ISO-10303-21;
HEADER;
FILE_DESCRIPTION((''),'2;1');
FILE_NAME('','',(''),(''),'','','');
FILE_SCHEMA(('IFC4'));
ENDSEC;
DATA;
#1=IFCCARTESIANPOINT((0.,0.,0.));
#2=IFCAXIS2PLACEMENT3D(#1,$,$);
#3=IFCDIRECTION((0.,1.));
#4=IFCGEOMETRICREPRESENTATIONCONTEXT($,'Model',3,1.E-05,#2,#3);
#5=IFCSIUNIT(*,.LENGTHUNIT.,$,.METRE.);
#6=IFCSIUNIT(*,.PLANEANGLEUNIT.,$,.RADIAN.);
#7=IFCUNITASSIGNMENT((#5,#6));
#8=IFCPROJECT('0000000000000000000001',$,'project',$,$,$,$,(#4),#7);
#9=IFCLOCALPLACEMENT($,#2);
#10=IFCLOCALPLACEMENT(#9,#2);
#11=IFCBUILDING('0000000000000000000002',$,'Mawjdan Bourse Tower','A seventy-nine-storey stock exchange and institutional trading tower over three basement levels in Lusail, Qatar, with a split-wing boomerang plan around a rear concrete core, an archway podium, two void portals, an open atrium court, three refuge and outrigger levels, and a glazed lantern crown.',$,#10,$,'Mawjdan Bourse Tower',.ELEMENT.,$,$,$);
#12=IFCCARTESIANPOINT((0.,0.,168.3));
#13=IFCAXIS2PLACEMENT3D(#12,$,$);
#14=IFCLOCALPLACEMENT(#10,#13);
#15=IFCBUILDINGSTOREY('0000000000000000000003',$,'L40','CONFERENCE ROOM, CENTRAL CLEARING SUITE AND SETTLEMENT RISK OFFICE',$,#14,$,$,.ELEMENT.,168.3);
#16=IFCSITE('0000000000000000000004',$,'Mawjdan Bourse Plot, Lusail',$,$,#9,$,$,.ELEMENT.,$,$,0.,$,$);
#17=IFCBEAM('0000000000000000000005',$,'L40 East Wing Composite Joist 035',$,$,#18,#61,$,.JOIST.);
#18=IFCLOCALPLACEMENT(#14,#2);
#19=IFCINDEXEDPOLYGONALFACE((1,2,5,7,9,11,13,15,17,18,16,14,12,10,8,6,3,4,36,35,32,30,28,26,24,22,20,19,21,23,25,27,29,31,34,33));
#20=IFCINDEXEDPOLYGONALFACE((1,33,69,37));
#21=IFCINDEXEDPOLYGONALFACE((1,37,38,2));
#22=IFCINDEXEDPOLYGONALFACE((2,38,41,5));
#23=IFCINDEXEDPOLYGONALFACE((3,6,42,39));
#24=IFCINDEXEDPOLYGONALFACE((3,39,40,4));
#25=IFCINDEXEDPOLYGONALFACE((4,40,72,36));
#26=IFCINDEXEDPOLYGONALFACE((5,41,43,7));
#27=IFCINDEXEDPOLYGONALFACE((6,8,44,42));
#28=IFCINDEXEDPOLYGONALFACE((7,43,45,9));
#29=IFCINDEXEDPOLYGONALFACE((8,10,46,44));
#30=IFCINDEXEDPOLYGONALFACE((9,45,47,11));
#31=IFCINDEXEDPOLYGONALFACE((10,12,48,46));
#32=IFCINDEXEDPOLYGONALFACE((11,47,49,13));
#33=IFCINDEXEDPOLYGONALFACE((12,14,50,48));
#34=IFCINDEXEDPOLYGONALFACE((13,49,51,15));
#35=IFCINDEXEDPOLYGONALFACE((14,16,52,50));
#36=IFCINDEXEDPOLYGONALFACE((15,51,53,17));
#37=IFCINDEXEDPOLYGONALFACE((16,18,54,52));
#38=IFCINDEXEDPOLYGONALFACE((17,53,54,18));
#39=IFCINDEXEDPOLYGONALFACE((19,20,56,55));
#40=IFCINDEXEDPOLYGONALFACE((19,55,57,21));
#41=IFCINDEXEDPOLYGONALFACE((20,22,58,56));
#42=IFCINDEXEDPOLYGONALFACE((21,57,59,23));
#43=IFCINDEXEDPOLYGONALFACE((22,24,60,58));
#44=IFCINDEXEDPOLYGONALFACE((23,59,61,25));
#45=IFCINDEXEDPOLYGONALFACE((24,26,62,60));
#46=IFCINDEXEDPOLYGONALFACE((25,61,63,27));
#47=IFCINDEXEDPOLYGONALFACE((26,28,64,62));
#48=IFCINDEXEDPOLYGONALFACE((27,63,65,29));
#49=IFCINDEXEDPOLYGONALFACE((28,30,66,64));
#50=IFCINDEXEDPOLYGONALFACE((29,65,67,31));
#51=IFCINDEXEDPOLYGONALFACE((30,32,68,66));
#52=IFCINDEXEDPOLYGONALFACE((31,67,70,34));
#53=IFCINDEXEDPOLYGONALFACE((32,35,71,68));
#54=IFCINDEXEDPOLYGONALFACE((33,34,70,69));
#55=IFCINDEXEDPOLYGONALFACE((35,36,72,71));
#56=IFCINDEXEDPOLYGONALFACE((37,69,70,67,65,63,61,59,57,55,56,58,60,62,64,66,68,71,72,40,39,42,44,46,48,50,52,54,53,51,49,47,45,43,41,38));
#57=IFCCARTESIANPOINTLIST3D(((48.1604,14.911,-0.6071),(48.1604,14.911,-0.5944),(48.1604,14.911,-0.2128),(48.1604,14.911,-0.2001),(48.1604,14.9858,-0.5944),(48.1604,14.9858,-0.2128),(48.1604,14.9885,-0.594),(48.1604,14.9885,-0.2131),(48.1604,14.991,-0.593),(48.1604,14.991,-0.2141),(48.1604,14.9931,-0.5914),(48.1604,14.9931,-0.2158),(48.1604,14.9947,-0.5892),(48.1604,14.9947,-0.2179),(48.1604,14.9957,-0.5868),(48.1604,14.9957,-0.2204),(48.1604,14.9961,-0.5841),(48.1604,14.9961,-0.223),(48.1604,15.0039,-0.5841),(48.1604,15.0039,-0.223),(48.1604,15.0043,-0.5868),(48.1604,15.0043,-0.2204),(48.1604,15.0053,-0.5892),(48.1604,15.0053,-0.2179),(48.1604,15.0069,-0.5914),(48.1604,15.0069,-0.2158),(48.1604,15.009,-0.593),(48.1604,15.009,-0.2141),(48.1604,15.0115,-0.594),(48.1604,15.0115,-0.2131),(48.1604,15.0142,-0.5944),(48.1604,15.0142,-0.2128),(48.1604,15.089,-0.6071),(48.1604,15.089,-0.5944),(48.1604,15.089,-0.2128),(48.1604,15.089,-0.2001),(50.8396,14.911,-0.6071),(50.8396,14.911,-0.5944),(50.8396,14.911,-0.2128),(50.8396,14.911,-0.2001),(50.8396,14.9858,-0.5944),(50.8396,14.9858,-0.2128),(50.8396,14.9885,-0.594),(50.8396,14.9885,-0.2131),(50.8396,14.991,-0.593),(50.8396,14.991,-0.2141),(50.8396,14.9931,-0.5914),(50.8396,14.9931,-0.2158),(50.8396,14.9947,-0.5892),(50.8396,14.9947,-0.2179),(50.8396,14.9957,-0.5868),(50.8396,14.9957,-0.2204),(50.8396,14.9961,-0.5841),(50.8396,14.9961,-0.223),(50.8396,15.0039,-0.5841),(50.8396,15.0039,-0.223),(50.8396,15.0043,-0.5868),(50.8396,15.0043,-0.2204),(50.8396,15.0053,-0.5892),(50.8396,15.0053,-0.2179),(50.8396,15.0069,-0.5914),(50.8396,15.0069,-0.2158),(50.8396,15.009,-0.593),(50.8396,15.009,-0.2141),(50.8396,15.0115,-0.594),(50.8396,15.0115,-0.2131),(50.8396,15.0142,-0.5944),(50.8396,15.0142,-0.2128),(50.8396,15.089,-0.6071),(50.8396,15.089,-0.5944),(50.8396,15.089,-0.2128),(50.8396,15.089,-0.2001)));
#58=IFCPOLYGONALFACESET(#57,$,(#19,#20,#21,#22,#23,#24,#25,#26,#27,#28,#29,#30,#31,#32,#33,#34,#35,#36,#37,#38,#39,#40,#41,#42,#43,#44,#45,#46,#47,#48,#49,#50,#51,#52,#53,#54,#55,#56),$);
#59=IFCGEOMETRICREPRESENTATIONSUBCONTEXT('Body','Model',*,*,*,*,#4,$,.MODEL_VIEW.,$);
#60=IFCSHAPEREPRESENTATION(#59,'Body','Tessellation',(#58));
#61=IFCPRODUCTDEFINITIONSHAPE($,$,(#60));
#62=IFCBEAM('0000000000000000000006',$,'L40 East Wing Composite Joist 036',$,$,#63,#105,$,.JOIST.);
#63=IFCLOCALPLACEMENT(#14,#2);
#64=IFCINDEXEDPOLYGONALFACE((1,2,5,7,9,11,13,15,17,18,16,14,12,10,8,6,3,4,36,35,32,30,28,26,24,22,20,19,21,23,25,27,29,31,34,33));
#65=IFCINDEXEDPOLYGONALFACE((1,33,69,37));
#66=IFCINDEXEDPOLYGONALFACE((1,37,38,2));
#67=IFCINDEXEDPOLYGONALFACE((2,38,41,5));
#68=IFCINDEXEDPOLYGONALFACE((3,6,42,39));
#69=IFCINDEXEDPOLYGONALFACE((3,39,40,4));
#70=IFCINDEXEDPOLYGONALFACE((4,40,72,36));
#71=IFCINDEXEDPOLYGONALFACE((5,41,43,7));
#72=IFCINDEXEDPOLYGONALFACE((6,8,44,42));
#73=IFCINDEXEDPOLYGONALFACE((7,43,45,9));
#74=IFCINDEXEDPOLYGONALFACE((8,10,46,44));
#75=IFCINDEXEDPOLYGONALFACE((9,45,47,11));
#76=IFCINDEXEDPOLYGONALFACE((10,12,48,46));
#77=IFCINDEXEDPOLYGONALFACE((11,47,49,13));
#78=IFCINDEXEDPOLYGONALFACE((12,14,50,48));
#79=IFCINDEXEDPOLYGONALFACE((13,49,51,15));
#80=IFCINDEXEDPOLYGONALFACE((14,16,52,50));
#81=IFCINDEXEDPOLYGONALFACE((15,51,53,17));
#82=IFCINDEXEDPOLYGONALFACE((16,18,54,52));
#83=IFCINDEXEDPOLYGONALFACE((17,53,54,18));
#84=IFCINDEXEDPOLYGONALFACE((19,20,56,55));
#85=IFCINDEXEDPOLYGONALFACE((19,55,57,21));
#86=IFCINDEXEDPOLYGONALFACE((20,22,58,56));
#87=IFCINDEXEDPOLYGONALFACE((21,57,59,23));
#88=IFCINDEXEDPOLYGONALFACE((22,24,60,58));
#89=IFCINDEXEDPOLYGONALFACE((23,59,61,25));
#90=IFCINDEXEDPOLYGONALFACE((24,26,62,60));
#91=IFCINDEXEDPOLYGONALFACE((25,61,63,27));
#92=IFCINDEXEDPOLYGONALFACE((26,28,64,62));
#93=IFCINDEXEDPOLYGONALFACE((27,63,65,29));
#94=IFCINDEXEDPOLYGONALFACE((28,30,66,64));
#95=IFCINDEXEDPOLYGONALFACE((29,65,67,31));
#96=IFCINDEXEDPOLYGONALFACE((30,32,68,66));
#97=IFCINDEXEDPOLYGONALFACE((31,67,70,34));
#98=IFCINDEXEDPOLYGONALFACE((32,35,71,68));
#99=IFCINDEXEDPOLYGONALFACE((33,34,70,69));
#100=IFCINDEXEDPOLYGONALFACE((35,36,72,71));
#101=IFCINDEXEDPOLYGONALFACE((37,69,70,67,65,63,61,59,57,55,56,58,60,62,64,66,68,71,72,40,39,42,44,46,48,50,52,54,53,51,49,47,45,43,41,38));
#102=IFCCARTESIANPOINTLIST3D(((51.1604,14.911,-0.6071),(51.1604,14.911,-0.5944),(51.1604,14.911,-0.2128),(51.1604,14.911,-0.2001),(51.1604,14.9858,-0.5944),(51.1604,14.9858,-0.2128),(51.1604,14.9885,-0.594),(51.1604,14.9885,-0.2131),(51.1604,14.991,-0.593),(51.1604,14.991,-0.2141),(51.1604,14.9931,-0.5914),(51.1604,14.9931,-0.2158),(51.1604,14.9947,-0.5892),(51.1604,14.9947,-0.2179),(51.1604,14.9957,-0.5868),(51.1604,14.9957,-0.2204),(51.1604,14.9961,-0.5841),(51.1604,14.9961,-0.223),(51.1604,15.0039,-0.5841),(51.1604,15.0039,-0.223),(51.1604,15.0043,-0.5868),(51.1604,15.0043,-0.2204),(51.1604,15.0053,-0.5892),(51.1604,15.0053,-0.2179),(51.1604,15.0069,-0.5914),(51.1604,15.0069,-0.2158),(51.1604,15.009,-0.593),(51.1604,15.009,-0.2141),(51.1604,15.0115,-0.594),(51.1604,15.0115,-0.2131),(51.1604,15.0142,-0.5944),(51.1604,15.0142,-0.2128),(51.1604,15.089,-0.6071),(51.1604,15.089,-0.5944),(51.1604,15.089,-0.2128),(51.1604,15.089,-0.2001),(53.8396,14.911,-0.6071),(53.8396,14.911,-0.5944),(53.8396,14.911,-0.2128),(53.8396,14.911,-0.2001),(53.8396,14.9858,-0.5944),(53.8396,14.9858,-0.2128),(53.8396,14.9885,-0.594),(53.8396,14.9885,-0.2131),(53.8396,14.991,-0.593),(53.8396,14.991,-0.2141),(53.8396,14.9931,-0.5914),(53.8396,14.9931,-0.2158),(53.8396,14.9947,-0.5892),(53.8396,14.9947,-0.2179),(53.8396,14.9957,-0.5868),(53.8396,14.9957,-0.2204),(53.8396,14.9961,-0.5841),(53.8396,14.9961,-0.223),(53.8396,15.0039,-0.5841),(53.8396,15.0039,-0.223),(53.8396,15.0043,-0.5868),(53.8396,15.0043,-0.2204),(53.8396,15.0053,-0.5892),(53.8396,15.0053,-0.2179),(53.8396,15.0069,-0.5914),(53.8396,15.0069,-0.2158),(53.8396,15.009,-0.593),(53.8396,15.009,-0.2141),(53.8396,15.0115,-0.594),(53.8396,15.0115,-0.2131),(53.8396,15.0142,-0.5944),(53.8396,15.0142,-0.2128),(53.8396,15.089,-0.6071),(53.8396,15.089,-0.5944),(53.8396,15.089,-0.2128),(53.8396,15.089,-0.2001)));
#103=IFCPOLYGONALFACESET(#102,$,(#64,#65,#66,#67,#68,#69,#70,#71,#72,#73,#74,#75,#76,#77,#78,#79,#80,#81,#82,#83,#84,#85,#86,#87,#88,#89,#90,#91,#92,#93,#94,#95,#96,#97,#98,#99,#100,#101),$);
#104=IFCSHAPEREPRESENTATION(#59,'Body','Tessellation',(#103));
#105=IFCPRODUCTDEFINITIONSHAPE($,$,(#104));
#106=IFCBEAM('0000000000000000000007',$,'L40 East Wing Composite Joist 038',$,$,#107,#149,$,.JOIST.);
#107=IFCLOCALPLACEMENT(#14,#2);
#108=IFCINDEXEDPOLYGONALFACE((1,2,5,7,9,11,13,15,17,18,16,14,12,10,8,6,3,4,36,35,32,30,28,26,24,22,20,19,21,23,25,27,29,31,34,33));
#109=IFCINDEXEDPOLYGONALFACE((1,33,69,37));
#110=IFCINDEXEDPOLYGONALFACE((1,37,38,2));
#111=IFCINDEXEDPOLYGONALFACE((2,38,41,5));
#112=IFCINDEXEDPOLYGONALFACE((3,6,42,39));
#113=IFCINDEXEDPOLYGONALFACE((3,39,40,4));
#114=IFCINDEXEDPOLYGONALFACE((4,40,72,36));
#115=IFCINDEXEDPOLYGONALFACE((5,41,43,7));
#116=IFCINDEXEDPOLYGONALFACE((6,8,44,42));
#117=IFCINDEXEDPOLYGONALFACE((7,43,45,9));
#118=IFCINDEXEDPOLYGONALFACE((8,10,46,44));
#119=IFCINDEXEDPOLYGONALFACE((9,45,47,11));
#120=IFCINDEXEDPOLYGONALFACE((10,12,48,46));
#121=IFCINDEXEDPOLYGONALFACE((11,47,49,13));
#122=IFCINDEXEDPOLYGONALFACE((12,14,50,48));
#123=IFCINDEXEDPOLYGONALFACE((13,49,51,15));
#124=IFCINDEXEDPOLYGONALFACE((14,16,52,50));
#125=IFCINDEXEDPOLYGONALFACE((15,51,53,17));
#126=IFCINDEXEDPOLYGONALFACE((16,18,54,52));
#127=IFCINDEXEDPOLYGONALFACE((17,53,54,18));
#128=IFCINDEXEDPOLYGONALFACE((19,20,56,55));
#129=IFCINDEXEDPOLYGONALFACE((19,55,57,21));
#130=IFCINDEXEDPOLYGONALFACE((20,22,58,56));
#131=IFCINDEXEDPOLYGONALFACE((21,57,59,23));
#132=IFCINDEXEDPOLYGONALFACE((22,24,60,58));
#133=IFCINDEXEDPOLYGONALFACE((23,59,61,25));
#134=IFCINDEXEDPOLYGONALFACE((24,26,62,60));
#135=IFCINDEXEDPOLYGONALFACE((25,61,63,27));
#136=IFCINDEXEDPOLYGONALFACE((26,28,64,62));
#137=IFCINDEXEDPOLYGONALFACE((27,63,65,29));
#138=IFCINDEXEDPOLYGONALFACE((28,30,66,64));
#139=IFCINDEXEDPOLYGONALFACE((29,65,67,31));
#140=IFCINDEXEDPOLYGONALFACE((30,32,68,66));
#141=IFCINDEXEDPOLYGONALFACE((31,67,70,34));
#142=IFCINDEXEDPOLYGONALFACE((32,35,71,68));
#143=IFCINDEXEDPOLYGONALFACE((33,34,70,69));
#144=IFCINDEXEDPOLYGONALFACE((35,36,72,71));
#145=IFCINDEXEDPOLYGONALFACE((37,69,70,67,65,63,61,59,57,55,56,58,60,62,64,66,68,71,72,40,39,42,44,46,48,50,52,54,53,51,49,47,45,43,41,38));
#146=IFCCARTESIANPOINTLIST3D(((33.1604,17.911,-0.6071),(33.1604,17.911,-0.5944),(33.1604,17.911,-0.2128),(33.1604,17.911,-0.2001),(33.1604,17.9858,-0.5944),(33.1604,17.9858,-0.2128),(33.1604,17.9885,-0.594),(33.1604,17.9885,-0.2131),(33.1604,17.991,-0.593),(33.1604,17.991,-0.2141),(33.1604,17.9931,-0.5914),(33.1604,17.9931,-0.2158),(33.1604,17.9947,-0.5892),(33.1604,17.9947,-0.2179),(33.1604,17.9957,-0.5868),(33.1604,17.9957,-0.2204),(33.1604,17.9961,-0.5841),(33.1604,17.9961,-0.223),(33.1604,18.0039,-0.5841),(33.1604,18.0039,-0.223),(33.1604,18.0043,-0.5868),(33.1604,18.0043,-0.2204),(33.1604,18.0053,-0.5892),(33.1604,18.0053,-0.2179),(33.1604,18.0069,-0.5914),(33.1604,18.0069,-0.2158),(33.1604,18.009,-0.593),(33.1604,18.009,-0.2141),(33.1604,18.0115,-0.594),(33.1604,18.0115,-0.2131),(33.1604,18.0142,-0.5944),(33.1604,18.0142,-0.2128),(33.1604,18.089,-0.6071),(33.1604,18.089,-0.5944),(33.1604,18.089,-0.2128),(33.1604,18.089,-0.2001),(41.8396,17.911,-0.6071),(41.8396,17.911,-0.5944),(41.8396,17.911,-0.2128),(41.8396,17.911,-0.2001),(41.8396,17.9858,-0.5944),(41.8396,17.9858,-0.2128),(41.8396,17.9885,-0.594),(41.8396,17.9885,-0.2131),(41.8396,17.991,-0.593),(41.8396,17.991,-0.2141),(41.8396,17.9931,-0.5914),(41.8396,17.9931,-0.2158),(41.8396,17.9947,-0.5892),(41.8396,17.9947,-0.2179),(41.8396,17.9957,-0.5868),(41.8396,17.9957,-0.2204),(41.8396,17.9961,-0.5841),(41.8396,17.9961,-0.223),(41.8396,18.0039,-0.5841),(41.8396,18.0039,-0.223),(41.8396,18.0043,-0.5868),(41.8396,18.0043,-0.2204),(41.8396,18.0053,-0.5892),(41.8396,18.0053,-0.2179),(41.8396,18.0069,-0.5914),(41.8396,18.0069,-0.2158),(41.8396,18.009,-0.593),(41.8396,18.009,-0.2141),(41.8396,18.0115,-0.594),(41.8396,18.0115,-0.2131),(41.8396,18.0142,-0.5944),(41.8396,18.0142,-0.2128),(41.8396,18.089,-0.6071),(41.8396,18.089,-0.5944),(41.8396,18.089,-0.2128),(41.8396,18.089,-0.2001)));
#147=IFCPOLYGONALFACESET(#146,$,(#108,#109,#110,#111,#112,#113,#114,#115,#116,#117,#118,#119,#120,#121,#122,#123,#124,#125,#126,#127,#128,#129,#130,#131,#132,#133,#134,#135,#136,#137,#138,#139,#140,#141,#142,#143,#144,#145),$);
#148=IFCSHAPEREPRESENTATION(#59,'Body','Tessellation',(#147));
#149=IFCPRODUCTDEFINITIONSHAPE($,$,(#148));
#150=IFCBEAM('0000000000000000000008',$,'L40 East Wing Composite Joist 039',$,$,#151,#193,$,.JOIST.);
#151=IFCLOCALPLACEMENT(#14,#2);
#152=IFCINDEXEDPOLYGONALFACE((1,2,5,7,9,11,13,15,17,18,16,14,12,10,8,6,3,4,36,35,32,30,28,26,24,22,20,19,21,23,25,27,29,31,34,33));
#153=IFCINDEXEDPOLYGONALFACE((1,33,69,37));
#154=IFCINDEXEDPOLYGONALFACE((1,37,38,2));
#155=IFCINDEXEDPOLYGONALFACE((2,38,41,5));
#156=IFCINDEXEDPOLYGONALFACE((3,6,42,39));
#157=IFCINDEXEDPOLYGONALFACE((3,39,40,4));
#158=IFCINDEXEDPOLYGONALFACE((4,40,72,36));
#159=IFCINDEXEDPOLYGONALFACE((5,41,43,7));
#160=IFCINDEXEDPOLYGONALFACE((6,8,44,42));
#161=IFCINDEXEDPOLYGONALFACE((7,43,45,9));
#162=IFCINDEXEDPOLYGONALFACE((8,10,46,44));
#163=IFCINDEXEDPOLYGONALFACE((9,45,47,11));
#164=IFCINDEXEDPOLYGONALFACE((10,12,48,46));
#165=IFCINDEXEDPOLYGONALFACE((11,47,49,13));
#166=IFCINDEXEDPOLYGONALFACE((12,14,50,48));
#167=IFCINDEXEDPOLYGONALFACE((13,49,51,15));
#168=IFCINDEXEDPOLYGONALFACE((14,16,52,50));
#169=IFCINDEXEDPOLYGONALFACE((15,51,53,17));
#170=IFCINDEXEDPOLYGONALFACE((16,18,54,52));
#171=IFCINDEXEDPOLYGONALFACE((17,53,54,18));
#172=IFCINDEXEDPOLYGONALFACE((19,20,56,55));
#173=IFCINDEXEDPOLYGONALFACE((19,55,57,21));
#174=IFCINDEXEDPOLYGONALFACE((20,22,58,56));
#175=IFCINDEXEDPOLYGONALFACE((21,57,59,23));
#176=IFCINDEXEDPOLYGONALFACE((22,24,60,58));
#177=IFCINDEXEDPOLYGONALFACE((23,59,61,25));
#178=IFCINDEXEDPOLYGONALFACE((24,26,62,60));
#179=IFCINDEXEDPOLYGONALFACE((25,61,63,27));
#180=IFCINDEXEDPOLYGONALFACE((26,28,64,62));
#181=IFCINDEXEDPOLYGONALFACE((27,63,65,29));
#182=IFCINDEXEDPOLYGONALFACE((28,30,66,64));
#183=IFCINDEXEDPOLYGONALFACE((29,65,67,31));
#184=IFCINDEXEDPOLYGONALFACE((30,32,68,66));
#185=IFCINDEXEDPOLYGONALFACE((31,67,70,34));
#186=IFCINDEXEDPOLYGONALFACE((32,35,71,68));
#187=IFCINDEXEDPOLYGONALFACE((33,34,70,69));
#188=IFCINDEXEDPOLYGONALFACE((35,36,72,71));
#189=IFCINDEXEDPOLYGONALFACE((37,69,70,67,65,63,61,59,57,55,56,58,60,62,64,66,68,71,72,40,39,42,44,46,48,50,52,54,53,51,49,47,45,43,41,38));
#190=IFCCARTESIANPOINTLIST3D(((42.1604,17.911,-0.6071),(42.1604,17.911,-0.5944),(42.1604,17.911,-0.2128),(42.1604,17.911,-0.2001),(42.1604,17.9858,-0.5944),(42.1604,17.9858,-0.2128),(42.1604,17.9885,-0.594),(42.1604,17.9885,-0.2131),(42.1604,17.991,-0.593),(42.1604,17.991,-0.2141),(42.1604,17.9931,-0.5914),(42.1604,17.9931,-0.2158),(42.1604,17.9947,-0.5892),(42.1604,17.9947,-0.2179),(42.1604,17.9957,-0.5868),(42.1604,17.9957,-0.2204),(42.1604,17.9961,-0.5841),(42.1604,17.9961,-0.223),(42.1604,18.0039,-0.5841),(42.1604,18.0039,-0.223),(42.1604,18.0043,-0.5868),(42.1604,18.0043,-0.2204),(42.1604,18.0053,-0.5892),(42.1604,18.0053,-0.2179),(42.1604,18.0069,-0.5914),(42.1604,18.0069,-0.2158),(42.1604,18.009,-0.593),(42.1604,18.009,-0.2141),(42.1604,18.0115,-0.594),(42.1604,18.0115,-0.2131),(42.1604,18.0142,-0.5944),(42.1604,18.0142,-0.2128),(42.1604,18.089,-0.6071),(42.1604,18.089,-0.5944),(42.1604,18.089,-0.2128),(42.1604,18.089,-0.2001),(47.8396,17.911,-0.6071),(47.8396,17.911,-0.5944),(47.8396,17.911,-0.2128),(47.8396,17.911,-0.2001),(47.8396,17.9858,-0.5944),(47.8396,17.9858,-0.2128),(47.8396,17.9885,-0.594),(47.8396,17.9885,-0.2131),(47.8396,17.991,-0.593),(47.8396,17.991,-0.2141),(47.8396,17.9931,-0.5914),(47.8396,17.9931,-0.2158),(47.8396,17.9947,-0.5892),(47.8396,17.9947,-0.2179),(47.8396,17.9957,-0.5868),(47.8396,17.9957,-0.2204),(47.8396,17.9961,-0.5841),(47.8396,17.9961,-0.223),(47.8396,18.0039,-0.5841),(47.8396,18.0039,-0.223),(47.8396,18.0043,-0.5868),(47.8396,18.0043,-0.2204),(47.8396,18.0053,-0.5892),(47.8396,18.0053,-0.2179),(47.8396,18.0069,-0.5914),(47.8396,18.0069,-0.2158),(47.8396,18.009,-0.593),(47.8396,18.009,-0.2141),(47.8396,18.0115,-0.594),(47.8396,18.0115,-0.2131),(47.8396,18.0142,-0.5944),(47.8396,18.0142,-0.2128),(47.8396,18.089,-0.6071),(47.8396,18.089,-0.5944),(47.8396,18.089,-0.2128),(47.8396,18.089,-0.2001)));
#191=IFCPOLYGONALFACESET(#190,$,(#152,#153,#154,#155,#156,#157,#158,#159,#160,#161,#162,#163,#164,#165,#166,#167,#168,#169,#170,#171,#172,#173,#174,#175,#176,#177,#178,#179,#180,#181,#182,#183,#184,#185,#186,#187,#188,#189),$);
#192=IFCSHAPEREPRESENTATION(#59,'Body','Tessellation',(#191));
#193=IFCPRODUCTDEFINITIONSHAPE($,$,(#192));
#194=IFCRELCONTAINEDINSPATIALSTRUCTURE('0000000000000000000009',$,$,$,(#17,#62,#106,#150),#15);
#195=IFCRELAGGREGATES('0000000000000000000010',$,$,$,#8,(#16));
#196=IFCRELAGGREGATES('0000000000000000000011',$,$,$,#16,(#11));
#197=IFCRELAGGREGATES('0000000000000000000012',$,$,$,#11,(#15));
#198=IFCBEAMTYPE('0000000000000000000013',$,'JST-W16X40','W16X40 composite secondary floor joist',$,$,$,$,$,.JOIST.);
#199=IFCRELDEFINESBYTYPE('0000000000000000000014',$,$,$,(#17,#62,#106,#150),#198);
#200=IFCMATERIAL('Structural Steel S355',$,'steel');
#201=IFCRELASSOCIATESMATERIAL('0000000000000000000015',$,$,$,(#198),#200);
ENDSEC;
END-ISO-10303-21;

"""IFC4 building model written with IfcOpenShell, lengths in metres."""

from ifc_helpers import new_model, si_unit, direction, frame, origin, origin_2d, place, context, subcontext, project, spatial, i_section, extrude, material, material_profile, profile_set, type_object, element, save


model = new_model("IFC4")

# Units and contexts
model_context = context("Model", 3, precision=1e-05, world=origin(), true_north=direction((0.0, 1.0)))
body_context = subcontext(model_context, "Body", "Model", "MODEL_VIEW")
ifc_project = project(units=[si_unit("LENGTHUNIT", "METRE"), si_unit("PLANEANGLEUNIT", "RADIAN")], contexts=[model_context])

# Site, building, storey
site_placement = place(None, origin())
site = spatial("IfcSite", under=ifc_project, at=site_placement, Name="Mawjdan Bourse Plot, Lusail", CompositionType="ELEMENT", RefElevation=0.0)
building_placement = place(site_placement, origin())
building = spatial("IfcBuilding", under=site, at=building_placement, Name="Mawjdan Bourse Tower", Description="A seventy-nine-storey stock exchange and institutional trading tower over three basement levels in Lusail, Qatar, with a split-wing boomerang plan around a rear concrete core, an archway podium, two void portals, an open atrium court, three refuge and outrigger levels, and a glazed lantern crown.", LongName="Mawjdan Bourse Tower", CompositionType="ELEMENT")
storey_placement = place(building_placement, frame((0.0, 0.0, 168.3)))
storey = spatial("IfcBuildingStorey", under=building, at=storey_placement, Name="L40", Description="CONFERENCE ROOM, CENTRAL CLEARING SUITE AND SETTLEMENT RISK OFFICE", CompositionType="ELEMENT", Elevation=168.3)

# Beams
ifc_material_1 = material(Name="Structural Steel S355", Category="steel")
ifc_material_profile_1 = material_profile(ifc_material_1, i_section(OverallWidth=0.178, OverallDepth=0.407, WebThickness=0.0078, FlangeThickness=0.0127, FilletRadius=0.0103, at=origin_2d()), Name="W16X40")
ifc_profile_set_1 = profile_set([ifc_material_profile_1], Name="Structural Steel S355")
beam_type_1 = type_object("IfcBeamType", Name="JST-W16X40", Description="W16X40 composite secondary floor joist", PredefinedType="JOIST", material=ifc_profile_set_1)
for number, where, z_axis, x_axis, name in (
    (1, (48.1604, 15.0, -0.4036), (1.0, 0.0, 0.0), (0.0, 1.0, 0.0), "L40 East Wing Composite Joist 035"),
    (2, (51.1604, 15.0, -0.4036), (1.0, 0.0, 0.0), (0.0, 1.0, 0.0), "L40 East Wing Composite Joist 036"),
):
    element("IfcBeam", number, at=place(storey_placement, frame(where, z_axis=z_axis, x_axis=x_axis)), inside=storey, type_object=beam_type_1, Name=name, PredefinedType="JOIST", context=body_context, shape_type="SweptSolid", body=[
        extrude(i_section(OverallWidth=0.178, OverallDepth=0.407, WebThickness=0.0078, FlangeThickness=0.0127, FilletRadius=0.0103, at=origin_2d()), origin(), (0.0, 0.0, 1.0), 2.6792),
    ])
beam_1_placement = place(storey_placement, frame((33.1604, 18.0, -0.4036), z_axis=(1.0, 0.0, 0.0), x_axis=(0.0, 1.0, 0.0)))
element("IfcBeam", 3, at=beam_1_placement, inside=storey, type_object=beam_type_1, Name="L40 East Wing Composite Joist 038", PredefinedType="JOIST", context=body_context, shape_type="SweptSolid", body=[
    extrude(i_section(OverallWidth=0.178, OverallDepth=0.407, WebThickness=0.0078, FlangeThickness=0.0127, FilletRadius=0.0103, at=origin_2d()), origin(), (0.0, 0.0, 1.0), 8.6792),
])
beam_2_placement = place(storey_placement, frame((42.1604, 18.0, -0.4036), z_axis=(1.0, 0.0, 0.0), x_axis=(0.0, 1.0, 0.0)))
element("IfcBeam", 4, at=beam_2_placement, inside=storey, type_object=beam_type_1, Name="L40 East Wing Composite Joist 039", PredefinedType="JOIST", context=body_context, shape_type="SweptSolid", body=[
    extrude(i_section(OverallWidth=0.178, OverallDepth=0.407, WebThickness=0.0078, FlangeThickness=0.0127, FilletRadius=0.0103, at=origin_2d()), origin(), (0.0, 0.0, 1.0), 5.6792),
])

save(model, "model.ifc")
